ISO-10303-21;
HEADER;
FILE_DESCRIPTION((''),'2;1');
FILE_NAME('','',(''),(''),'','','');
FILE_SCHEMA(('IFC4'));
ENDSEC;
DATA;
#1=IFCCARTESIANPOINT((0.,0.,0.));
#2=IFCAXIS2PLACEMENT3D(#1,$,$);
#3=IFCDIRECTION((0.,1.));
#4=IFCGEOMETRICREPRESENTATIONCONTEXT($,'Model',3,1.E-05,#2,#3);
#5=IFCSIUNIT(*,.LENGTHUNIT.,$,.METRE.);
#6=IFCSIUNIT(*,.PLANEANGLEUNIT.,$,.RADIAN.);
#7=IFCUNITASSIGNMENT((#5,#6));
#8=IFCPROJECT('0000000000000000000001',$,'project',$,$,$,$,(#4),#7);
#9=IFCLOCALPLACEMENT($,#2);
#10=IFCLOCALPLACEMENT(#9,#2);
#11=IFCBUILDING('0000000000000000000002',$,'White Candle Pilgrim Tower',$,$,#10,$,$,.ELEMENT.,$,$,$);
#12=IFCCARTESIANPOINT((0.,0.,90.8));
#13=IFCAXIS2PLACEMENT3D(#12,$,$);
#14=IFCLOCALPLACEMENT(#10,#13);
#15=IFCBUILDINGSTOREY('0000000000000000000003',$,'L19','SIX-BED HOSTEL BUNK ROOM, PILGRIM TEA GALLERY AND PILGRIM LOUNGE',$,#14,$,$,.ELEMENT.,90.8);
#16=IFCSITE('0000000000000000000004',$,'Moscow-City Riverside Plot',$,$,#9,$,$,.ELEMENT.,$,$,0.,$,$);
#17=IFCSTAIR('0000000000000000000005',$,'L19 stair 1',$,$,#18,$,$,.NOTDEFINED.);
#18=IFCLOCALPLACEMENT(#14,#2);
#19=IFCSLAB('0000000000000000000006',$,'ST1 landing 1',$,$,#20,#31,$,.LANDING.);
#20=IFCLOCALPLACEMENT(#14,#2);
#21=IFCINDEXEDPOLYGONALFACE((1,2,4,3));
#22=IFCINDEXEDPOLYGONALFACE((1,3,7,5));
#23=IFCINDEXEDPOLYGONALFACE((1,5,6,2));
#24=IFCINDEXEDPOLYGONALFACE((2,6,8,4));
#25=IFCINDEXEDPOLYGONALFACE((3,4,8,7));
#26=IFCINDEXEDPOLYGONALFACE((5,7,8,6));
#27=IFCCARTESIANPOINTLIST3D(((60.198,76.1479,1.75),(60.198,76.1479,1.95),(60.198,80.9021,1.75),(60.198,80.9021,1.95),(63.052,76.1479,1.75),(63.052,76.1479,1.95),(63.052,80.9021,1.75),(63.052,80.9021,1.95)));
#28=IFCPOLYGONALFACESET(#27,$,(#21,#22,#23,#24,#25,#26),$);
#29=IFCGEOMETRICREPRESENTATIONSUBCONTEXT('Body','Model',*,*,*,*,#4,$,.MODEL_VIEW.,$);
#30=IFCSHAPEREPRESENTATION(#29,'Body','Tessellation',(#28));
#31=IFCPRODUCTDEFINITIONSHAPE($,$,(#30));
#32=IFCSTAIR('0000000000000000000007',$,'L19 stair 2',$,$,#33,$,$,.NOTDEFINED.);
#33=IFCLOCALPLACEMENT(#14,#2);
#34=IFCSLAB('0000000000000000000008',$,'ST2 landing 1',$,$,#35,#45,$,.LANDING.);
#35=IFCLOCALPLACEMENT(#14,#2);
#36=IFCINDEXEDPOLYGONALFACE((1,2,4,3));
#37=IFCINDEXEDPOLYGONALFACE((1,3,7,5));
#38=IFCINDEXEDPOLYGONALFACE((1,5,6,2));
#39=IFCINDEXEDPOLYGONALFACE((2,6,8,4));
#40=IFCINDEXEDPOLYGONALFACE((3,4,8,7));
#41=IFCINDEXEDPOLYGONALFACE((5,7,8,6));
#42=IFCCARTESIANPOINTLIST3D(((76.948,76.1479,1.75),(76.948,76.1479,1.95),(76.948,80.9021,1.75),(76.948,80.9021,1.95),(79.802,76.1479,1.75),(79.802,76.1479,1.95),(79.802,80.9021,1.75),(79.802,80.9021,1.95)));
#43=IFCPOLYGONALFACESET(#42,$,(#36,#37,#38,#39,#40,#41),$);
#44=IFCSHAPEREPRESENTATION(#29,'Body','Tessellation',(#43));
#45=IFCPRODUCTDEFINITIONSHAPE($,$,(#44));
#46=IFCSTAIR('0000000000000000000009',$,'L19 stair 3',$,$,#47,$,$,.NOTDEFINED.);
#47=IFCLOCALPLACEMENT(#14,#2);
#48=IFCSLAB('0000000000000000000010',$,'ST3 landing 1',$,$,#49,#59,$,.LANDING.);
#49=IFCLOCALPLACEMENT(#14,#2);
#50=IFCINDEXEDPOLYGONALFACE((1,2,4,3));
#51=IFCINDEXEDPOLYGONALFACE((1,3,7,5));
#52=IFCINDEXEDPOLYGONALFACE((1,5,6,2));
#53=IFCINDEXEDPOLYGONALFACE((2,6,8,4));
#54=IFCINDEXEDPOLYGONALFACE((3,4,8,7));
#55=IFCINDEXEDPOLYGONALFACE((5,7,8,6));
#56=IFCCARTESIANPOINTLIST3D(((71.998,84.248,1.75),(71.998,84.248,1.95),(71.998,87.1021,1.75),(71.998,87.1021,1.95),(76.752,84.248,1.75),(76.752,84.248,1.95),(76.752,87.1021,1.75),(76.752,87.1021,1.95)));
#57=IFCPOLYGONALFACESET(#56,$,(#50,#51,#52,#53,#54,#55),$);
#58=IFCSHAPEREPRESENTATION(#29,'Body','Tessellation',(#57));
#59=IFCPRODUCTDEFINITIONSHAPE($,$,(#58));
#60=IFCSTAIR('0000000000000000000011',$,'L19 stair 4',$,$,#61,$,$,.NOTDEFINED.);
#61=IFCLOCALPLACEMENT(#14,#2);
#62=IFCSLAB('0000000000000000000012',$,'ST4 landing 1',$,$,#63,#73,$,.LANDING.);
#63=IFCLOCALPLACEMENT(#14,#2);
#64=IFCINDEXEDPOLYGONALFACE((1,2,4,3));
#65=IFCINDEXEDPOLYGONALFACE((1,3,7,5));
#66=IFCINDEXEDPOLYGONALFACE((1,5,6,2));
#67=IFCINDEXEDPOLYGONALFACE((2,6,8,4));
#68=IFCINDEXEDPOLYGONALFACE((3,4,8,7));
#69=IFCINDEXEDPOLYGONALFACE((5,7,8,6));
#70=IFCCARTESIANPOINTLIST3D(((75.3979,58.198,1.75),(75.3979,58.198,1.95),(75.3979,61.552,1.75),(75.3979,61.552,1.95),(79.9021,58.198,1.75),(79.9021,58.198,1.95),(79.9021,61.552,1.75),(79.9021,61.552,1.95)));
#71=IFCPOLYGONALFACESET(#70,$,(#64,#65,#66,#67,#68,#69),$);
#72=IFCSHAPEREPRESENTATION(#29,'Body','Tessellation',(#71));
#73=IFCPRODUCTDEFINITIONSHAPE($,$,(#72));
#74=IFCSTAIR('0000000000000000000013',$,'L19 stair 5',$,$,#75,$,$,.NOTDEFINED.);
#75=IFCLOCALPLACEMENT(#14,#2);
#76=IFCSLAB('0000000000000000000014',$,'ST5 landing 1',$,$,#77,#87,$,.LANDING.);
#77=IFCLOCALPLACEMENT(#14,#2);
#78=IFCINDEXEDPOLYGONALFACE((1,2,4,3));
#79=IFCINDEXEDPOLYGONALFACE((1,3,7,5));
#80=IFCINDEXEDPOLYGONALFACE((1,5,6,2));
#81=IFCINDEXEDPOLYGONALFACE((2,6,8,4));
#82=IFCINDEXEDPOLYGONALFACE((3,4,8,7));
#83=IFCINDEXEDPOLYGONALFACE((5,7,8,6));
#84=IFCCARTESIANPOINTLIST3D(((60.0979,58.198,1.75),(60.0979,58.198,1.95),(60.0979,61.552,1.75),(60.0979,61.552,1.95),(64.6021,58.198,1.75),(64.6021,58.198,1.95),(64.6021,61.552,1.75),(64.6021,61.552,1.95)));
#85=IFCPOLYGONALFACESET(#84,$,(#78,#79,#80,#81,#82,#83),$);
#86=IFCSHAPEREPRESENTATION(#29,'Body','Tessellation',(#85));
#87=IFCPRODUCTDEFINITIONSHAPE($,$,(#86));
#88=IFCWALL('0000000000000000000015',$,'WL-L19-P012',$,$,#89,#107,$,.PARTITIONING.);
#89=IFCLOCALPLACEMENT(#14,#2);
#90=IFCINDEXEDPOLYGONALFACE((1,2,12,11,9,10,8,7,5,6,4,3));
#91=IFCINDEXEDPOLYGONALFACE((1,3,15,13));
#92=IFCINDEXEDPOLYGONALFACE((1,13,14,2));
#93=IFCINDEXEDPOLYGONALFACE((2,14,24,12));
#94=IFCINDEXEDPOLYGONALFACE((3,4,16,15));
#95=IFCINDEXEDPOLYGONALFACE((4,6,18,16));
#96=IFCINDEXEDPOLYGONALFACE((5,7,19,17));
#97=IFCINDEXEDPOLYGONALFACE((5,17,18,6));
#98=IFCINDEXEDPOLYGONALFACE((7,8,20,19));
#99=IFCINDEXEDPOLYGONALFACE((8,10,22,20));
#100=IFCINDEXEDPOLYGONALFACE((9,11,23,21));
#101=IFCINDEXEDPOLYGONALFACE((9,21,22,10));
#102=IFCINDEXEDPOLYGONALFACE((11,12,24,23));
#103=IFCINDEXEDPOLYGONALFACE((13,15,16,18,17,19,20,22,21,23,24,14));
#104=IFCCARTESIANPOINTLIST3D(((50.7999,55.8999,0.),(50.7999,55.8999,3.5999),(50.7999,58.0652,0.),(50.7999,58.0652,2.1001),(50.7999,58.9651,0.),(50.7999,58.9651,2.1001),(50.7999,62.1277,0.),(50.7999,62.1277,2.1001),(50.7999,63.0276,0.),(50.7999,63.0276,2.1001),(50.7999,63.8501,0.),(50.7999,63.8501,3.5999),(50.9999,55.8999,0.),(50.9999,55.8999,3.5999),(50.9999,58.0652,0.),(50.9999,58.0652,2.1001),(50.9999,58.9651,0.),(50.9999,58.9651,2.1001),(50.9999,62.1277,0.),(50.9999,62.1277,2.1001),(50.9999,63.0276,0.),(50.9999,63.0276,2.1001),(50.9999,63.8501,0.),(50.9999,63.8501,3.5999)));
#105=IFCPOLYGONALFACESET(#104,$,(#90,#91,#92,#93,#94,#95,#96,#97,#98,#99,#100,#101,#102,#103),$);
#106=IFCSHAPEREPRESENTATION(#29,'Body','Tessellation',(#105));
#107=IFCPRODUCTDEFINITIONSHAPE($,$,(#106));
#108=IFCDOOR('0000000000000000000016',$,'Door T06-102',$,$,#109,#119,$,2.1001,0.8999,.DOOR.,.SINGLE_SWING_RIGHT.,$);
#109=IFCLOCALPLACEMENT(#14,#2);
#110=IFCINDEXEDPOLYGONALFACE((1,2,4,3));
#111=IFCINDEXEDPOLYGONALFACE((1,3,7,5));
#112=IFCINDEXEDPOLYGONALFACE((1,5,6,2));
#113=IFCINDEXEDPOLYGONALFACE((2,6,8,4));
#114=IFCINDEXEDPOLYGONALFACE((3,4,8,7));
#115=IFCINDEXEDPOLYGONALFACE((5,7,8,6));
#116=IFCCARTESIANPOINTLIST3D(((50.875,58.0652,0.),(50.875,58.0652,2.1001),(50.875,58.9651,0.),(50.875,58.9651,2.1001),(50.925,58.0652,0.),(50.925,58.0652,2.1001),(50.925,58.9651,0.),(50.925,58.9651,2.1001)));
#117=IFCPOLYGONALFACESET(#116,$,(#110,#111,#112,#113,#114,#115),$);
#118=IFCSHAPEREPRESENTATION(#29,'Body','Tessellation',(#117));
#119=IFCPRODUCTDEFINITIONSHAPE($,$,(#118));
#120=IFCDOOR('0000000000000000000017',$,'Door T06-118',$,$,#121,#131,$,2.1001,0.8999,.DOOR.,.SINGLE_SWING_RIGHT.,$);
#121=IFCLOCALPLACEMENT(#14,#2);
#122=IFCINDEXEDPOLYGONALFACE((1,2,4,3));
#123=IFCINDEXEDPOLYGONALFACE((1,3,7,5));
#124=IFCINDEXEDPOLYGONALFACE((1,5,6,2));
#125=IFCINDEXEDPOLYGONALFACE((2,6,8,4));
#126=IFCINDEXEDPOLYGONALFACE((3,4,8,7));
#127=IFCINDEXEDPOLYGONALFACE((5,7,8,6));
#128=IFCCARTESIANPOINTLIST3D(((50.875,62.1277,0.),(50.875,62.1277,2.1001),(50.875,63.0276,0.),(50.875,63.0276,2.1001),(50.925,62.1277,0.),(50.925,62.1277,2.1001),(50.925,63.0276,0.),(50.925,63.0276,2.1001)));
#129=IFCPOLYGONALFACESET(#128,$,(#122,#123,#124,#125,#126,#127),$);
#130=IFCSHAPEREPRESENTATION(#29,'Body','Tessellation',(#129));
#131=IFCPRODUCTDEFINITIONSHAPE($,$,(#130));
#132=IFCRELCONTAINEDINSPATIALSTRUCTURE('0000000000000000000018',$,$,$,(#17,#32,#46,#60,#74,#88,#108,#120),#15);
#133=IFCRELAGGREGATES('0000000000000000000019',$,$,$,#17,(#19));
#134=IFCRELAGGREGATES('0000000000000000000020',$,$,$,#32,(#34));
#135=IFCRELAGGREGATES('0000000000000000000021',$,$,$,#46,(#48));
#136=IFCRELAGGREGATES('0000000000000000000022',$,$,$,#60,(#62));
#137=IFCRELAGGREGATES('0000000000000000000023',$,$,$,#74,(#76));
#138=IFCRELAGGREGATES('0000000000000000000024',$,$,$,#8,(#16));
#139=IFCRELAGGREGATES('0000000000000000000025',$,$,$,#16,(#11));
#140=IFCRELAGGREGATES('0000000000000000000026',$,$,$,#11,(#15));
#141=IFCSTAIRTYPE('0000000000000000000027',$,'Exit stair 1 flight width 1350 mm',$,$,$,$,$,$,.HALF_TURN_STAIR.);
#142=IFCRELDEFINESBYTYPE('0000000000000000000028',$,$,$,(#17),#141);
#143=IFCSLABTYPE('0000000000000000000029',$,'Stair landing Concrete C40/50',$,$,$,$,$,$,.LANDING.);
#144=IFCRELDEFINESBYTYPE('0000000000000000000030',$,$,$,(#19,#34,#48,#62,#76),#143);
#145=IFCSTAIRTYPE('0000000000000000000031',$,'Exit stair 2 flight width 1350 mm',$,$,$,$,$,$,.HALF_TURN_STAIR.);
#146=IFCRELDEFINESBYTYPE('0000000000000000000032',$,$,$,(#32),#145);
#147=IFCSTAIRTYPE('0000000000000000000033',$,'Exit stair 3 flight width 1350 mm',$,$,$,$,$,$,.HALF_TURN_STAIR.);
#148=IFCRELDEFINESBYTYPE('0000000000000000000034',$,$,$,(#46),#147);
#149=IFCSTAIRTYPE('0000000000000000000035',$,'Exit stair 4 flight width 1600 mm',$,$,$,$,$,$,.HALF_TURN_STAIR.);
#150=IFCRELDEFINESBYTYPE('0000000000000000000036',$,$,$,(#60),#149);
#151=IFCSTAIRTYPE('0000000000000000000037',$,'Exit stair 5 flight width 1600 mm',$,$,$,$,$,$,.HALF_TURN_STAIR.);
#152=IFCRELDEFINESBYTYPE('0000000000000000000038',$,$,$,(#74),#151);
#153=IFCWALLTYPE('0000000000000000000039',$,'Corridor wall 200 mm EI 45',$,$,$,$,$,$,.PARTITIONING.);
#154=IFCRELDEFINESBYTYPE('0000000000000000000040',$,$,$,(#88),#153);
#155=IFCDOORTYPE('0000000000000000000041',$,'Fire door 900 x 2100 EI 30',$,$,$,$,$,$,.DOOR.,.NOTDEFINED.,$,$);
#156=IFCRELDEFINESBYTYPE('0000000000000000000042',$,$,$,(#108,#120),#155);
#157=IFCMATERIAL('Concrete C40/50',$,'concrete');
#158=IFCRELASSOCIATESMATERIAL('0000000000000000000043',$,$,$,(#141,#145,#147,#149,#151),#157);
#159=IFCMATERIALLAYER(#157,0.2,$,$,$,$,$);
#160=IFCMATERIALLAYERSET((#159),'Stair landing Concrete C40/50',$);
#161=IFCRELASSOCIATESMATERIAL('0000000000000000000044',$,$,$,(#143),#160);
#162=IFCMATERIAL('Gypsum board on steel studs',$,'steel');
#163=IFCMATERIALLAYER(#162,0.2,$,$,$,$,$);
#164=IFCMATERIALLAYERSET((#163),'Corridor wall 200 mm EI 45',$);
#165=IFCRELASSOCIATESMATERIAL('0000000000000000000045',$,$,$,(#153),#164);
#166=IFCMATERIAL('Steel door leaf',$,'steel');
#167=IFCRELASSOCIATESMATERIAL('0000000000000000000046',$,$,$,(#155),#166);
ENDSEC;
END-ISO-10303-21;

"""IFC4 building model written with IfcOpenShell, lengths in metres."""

from ifc_helpers import new_model, si_unit, direction, frame, frame_2d, origin, place, context, subcontext, project, spatial, polyline, rectangle, outline, extrude, material, layer, layer_set, type_object, element, fill, aggregate, save


model = new_model("IFC4")

# Units and contexts
model_context = context("Model", 3, precision=1e-05, world=origin(), true_north=direction((0.0, 1.0)))
body_context = subcontext(model_context, "Body", "Model", "MODEL_VIEW")
ifc_project = project(units=[si_unit("LENGTHUNIT", "METRE"), si_unit("PLANEANGLEUNIT", "RADIAN")], contexts=[model_context])

# Site, building, storey
site_placement = place(None, origin())
site = spatial("IfcSite", under=ifc_project, at=site_placement, Name="Moscow-City Riverside Plot", CompositionType="ELEMENT", RefElevation=0.0)
building_placement = place(site_placement, origin())
building = spatial("IfcBuilding", under=site, at=building_placement, Name="White Candle Pilgrim Tower", CompositionType="ELEMENT")
storey_placement = place(building_placement, frame((0.0, 0.0, 90.8)))
storey = spatial("IfcBuildingStorey", under=building, at=storey_placement, Name="L19", Description="SIX-BED HOSTEL BUNK ROOM, PILGRIM TEA GALLERY AND PILGRIM LOUNGE", CompositionType="ELEMENT", Elevation=90.8)

# Shared definitions
ifc_material_1 = material(Name="Concrete C40/50", Category="concrete")

# Stairs, slabs
stair_type_1 = type_object("IfcStairType", Name="Exit stair 1 flight width 1350 mm", PredefinedType="HALF_TURN_STAIR", material=ifc_material_1)
stair_1_placement = place(storey_placement, origin())
stair_1 = element("IfcStair", 1, at=stair_1_placement, inside=storey, type_object=stair_type_1, Name="L19 stair 1", PredefinedType="NOTDEFINED")
ifc_layer_1 = layer(ifc_material_1, 0.2)
ifc_layer_set_1 = layer_set([ifc_layer_1], Name="Stair landing Concrete C40/50")
slab_type_1 = type_object("IfcSlabType", Name="Stair landing Concrete C40/50", PredefinedType="LANDING", material=ifc_layer_set_1)
slab_1_placement = place(storey_placement, frame((0.0, 0.0, 1.75)))
slab_1 = element("IfcSlab", 2, at=slab_1_placement, type_object=slab_type_1, Name="ST1 landing 1", PredefinedType="LANDING", context=body_context, shape_type="SweptSolid", body=[
    extrude(outline(polyline([(63.052, 76.1479), (60.198, 76.1479), (60.198, 80.9021), (63.052, 80.9021), (63.052, 76.1479)])), origin(), (0.0, 0.0, 1.0), 0.2),
])
aggregate(stair_1, [slab_1])
stair_type_2 = type_object("IfcStairType", Name="Exit stair 2 flight width 1350 mm", PredefinedType="HALF_TURN_STAIR", material=ifc_material_1)
stair_2_placement = place(storey_placement, origin())
stair_2 = element("IfcStair", 3, at=stair_2_placement, inside=storey, type_object=stair_type_2, Name="L19 stair 2", PredefinedType="NOTDEFINED")
slab_2_placement = place(storey_placement, frame((0.0, 0.0, 1.75)))
slab_2 = element("IfcSlab", 4, at=slab_2_placement, type_object=slab_type_1, Name="ST2 landing 1", PredefinedType="LANDING", context=body_context, shape_type="SweptSolid", body=[
    extrude(outline(polyline([(79.802, 76.1479), (76.948, 76.1479), (76.948, 80.9021), (79.802, 80.9021), (79.802, 76.1479)])), origin(), (0.0, 0.0, 1.0), 0.2),
])
aggregate(stair_2, [slab_2])
stair_type_3 = type_object("IfcStairType", Name="Exit stair 3 flight width 1350 mm", PredefinedType="HALF_TURN_STAIR", material=ifc_material_1)
stair_3_placement = place(storey_placement, origin())
stair_3 = element("IfcStair", 5, at=stair_3_placement, inside=storey, type_object=stair_type_3, Name="L19 stair 3", PredefinedType="NOTDEFINED")
slab_3_placement = place(storey_placement, frame((0.0, 0.0, 1.75)))
slab_3 = element("IfcSlab", 6, at=slab_3_placement, type_object=slab_type_1, Name="ST3 landing 1", PredefinedType="LANDING", context=body_context, shape_type="SweptSolid", body=[
    extrude(outline(polyline([(71.998, 84.248), (71.998, 87.1021), (76.752, 87.1021), (76.752, 84.248), (71.998, 84.248)])), origin(), (0.0, 0.0, 1.0), 0.2),
])
aggregate(stair_3, [slab_3])
stair_type_4 = type_object("IfcStairType", Name="Exit stair 4 flight width 1600 mm", PredefinedType="HALF_TURN_STAIR", material=ifc_material_1)
stair_4_placement = place(storey_placement, origin())
stair_4 = element("IfcStair", 7, at=stair_4_placement, inside=storey, type_object=stair_type_4, Name="L19 stair 4", PredefinedType="NOTDEFINED")
slab_4_placement = place(storey_placement, frame((0.0, 0.0, 1.75)))
slab_4 = element("IfcSlab", 8, at=slab_4_placement, type_object=slab_type_1, Name="ST4 landing 1", PredefinedType="LANDING", context=body_context, shape_type="SweptSolid", body=[
    extrude(outline(polyline([(79.9021, 61.552), (79.9021, 58.198), (75.3979, 58.198), (75.3979, 61.552), (79.9021, 61.552)])), origin(), (0.0, 0.0, 1.0), 0.2),
])
aggregate(stair_4, [slab_4])
stair_type_5 = type_object("IfcStairType", Name="Exit stair 5 flight width 1600 mm", PredefinedType="HALF_TURN_STAIR", material=ifc_material_1)
stair_5_placement = place(storey_placement, origin())
stair_5 = element("IfcStair", 9, at=stair_5_placement, inside=storey, type_object=stair_type_5, Name="L19 stair 5", PredefinedType="NOTDEFINED")
slab_5_placement = place(storey_placement, frame((0.0, 0.0, 1.75)))
slab_5 = element("IfcSlab", 10, at=slab_5_placement, type_object=slab_type_1, Name="ST5 landing 1", PredefinedType="LANDING", context=body_context, shape_type="SweptSolid", body=[
    extrude(outline(polyline([(60.0979, 58.198), (60.0979, 61.552), (64.6021, 61.552), (64.6021, 58.198), (60.0979, 58.198)])), origin(), (0.0, 0.0, 1.0), 0.2),
])
aggregate(stair_5, [slab_5])

# Wall, openings, doors
ifc_material_2 = material(Name="Gypsum board on steel studs", Category="steel")
ifc_layer_2 = layer(ifc_material_2, 0.2)
ifc_layer_set_2 = layer_set([ifc_layer_2], Name="Corridor wall 200 mm EI 45")
wall_type_1 = type_object("IfcWallType", Name="Corridor wall 200 mm EI 45", PredefinedType="PARTITIONING", material=ifc_layer_set_2)
wall_1_placement = place(storey_placement, frame((50.8999, 55.8999, 0.0), z_axis=(0.0, 0.0, 1.0), x_axis=(0.0, 1.0, 0.0)))
wall_1 = element("IfcWall", 11, at=wall_1_placement, inside=storey, type_object=wall_type_1, Name="WL-L19-P012", PredefinedType="PARTITIONING", context=body_context, shape_type="SweptSolid", body=[
    extrude(rectangle(XDim=7.9502, YDim=0.2, at=frame_2d((3.9751, 0.0))), origin(), (0.0, 0.0, 1.0), 3.5999),
])
opening_1_placement = place(wall_1_placement, frame((2.1653, 0.0, 0.0)))
opening_1 = element("IfcOpeningElement", 12, at=opening_1_placement, cuts=wall_1, PredefinedType="OPENING", context=body_context, shape_type="SweptSolid", body=[
    extrude(rectangle(XDim=0.8999, YDim=2.1001, at=frame_2d((0.45, 1.05))), frame((0.0, 0.1099, 0.0), z_axis=(0.0, -1.0, 0.0), x_axis=(1.0, 0.0, 0.0)), (0.0, 0.0, 1.0), 0.22),
])
opening_2_placement = place(wall_1_placement, frame((6.2278, 0.0, 0.0)))
opening_2 = element("IfcOpeningElement", 13, at=opening_2_placement, cuts=wall_1, PredefinedType="OPENING", context=body_context, shape_type="SweptSolid", body=[
    extrude(rectangle(XDim=0.8999, YDim=2.1001, at=frame_2d((0.45, 1.05))), frame((0.0, 0.1099, 0.0), z_axis=(0.0, -1.0, 0.0), x_axis=(1.0, 0.0, 0.0)), (0.0, 0.0, 1.0), 0.22),
])
ifc_material_3 = material(Name="Steel door leaf", Category="steel")
door_type = type_object("IfcDoorType", Name="Fire door 900 x 2100 EI 30", OperationType="NOTDEFINED", PredefinedType="DOOR", material=ifc_material_3)
door_1_placement = place(opening_1_placement, origin())
door_1 = element("IfcDoor", 14, at=door_1_placement, inside=storey, type_object=door_type, Name="Door T06-102", OperationType="SINGLE_SWING_RIGHT", OverallHeight=2.1001, OverallWidth=0.8999, PredefinedType="DOOR", context=body_context, shape_type="SweptSolid", body=[
    extrude(rectangle(XDim=0.8999, YDim=2.1001, at=frame_2d((0.45, 1.05))), frame((0.0, 0.0249, 0.0), z_axis=(0.0, -1.0, 0.0), x_axis=(1.0, 0.0, 0.0)), (0.0, 0.0, 1.0), 0.05),
])
fill(opening_1, door_1)
door_2_placement = place(opening_2_placement, origin())
door_2 = element("IfcDoor", 15, at=door_2_placement, inside=storey, type_object=door_type, Name="Door T06-118", OperationType="SINGLE_SWING_RIGHT", OverallHeight=2.1001, OverallWidth=0.8999, PredefinedType="DOOR", context=body_context, shape_type="SweptSolid", body=[
    extrude(rectangle(XDim=0.8999, YDim=2.1001, at=frame_2d((0.45, 1.05))), frame((0.0, 0.0249, 0.0), z_axis=(0.0, -1.0, 0.0), x_axis=(1.0, 0.0, 0.0)), (0.0, 0.0, 1.0), 0.05),
])
fill(opening_2, door_2)

save(model, "model.ifc")
